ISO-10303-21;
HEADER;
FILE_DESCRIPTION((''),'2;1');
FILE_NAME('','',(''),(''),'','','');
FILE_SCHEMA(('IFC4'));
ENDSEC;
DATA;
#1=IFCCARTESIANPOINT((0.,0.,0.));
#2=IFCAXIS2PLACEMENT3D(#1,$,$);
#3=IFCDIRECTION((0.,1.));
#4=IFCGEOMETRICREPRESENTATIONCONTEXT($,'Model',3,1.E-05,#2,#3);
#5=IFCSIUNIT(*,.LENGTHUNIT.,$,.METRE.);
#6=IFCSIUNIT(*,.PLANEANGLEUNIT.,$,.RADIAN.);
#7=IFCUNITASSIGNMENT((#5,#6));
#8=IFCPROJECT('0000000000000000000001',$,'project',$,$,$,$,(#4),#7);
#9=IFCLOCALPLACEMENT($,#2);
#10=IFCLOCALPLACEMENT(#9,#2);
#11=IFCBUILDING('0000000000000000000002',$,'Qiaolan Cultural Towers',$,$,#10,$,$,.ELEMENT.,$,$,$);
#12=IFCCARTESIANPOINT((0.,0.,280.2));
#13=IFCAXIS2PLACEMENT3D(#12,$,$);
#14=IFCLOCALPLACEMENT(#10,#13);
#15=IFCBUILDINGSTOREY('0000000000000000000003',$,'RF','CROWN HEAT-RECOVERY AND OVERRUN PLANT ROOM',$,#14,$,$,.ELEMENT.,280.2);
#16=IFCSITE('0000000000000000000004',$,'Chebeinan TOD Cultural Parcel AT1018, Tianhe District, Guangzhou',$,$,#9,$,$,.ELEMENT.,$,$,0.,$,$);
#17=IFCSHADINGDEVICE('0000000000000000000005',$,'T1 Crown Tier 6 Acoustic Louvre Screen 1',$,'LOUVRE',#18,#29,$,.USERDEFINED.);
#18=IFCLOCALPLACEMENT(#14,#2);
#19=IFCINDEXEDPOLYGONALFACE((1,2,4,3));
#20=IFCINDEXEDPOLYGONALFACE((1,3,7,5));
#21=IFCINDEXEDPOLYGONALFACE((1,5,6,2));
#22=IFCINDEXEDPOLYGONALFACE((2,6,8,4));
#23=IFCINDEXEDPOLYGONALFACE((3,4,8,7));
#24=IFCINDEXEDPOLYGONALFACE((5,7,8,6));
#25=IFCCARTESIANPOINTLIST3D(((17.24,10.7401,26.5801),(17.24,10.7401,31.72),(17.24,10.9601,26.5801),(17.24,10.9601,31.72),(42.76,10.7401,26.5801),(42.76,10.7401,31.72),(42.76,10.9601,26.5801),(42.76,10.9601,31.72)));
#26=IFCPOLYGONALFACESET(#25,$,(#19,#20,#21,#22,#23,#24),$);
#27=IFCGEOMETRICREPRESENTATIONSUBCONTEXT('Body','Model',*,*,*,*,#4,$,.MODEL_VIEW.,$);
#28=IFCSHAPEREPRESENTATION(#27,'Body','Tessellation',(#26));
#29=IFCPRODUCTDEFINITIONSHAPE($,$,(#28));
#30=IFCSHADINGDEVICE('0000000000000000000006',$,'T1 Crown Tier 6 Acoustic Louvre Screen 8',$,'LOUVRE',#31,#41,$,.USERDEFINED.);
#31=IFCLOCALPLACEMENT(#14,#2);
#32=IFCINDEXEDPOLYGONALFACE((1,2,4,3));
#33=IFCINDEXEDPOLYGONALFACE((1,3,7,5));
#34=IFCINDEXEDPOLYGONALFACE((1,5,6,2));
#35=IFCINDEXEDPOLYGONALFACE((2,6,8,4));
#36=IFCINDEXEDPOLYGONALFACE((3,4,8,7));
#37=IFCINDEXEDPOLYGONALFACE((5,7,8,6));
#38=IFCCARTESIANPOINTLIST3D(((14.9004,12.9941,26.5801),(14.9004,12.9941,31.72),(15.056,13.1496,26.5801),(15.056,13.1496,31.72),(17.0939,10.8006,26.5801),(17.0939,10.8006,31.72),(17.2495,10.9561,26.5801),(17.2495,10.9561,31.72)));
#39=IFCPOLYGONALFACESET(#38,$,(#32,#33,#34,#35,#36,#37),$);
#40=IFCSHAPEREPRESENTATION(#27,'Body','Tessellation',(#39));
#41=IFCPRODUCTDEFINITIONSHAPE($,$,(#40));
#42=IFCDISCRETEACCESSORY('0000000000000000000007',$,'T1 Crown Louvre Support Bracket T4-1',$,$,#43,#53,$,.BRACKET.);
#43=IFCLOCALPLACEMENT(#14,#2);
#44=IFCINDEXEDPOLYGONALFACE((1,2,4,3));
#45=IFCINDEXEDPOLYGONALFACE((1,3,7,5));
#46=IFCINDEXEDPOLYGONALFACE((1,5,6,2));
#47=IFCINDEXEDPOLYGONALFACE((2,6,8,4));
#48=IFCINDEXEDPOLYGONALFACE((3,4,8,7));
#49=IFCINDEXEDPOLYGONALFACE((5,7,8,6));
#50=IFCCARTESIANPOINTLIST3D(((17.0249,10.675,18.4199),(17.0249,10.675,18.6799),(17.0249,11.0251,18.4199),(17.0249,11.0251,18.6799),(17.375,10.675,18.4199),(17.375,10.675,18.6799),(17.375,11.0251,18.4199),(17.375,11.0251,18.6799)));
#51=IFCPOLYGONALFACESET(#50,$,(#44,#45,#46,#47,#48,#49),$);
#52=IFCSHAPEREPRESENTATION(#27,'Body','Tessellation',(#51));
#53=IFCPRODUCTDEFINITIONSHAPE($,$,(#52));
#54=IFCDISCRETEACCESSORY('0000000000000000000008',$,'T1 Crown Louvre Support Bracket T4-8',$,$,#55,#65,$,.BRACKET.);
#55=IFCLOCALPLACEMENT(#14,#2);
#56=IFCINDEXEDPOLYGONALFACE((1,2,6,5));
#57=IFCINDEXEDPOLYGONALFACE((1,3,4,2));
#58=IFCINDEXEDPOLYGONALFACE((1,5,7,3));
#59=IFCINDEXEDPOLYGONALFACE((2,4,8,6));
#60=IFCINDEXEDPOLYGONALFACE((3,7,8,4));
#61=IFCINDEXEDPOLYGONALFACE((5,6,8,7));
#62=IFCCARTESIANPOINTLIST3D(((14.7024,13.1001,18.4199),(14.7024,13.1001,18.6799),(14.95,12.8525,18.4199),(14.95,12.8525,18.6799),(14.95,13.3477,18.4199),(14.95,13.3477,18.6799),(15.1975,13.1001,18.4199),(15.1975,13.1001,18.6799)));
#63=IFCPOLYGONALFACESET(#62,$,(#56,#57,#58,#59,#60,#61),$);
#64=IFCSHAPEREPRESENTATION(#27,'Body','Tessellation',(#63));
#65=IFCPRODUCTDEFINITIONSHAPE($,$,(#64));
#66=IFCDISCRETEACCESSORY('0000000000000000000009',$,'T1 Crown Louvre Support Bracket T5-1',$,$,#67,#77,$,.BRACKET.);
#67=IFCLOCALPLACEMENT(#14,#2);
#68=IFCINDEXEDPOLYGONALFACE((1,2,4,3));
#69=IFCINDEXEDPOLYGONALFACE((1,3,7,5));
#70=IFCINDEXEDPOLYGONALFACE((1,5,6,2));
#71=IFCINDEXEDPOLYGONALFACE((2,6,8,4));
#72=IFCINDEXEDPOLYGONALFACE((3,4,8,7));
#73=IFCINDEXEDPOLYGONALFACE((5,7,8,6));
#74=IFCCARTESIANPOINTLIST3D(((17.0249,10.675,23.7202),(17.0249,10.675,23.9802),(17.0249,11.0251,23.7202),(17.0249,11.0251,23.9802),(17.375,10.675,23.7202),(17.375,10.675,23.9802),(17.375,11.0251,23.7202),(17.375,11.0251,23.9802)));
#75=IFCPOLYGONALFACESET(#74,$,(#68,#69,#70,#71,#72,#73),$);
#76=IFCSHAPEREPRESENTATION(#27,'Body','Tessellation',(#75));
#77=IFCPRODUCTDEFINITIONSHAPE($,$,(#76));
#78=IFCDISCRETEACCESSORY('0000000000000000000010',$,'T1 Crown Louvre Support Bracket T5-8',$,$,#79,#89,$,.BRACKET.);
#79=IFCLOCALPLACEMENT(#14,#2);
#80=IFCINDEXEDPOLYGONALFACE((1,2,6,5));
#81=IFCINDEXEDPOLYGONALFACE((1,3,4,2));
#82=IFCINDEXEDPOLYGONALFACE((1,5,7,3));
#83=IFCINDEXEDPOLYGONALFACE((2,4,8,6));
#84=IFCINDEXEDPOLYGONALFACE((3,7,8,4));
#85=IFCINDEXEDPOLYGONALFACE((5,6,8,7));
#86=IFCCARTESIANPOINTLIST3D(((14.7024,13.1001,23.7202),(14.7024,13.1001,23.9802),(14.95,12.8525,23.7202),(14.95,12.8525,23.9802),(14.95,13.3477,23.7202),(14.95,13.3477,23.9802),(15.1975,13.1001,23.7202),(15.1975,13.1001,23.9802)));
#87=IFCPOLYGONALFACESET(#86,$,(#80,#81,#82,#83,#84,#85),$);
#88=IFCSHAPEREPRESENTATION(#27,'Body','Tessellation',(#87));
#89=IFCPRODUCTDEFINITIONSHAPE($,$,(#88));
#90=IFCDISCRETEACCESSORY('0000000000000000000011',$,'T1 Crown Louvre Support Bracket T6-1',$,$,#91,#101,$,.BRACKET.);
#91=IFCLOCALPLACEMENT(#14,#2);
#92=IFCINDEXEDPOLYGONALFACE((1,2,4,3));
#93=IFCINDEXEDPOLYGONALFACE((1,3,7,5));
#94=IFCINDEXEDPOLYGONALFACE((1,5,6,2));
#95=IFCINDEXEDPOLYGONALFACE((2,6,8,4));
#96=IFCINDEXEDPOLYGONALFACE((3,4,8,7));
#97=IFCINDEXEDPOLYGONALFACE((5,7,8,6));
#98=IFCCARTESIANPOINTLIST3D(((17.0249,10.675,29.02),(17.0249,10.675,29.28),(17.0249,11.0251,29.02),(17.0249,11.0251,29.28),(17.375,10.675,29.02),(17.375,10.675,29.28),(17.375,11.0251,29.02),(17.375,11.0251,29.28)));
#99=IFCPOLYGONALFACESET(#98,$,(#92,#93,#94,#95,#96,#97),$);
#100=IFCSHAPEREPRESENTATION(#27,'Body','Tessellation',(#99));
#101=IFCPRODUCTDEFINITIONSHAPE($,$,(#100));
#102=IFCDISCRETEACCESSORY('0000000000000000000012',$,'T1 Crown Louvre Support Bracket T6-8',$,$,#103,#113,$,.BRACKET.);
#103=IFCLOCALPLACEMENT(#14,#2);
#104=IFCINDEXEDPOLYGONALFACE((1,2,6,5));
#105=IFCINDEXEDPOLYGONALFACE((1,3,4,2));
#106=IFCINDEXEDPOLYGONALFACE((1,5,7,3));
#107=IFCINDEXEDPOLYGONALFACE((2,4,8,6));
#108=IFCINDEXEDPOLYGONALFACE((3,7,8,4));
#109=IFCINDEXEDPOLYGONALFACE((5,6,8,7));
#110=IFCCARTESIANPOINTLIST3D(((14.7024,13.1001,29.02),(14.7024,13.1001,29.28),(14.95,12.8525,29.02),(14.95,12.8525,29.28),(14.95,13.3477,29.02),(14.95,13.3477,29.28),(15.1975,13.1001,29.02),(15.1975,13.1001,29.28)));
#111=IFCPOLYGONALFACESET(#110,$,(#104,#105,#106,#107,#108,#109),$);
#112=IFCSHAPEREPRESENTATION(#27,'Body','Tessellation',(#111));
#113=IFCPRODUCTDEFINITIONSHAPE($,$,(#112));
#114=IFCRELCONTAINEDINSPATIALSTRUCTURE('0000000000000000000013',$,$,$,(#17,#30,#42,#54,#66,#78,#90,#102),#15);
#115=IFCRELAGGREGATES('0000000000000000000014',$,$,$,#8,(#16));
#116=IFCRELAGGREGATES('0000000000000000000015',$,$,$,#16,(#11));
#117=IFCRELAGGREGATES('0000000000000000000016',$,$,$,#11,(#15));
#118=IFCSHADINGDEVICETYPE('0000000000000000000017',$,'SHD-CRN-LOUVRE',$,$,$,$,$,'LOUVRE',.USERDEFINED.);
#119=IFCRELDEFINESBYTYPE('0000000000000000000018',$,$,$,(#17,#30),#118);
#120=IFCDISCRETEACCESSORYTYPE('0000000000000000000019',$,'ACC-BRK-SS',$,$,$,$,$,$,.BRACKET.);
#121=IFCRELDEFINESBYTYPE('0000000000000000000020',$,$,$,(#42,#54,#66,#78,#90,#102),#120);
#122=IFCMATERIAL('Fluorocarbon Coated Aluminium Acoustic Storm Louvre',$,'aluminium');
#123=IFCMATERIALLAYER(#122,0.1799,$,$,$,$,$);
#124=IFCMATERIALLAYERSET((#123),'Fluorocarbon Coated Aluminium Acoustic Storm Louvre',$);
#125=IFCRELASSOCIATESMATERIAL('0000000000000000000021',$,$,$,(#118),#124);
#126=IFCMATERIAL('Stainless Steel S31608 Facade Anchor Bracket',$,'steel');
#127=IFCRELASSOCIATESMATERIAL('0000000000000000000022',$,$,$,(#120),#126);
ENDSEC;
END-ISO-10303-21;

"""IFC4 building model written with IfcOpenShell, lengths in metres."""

from ifc_helpers import new_model, si_unit, direction, frame, origin, origin_2d, place, context, subcontext, project, spatial, rectangle, extrude, material, layer, layer_set, type_object, element, save


model = new_model("IFC4")

# Units and contexts
model_context = context("Model", 3, precision=1e-05, world=origin(), true_north=direction((0.0, 1.0)))
body_context = subcontext(model_context, "Body", "Model", "MODEL_VIEW")
ifc_project = project(units=[si_unit("LENGTHUNIT", "METRE"), si_unit("PLANEANGLEUNIT", "RADIAN")], contexts=[model_context])

# Site, building, storey
site_placement = place(None, origin())
site = spatial("IfcSite", under=ifc_project, at=site_placement, Name="Chebeinan TOD Cultural Parcel AT1018, Tianhe District, Guangzhou", CompositionType="ELEMENT", RefElevation=0.0)
building_placement = place(site_placement, origin())
building = spatial("IfcBuilding", under=site, at=building_placement, Name="Qiaolan Cultural Towers", CompositionType="ELEMENT")
storey_placement = place(building_placement, frame((0.0, 0.0, 280.2)))
storey = spatial("IfcBuildingStorey", under=building, at=storey_placement, Name="RF", Description="CROWN HEAT-RECOVERY AND OVERRUN PLANT ROOM", CompositionType="ELEMENT", Elevation=280.2)

# Shading devices
ifc_material_1 = material(Name="Fluorocarbon Coated Aluminium Acoustic Storm Louvre", Category="aluminium")
ifc_layer_1 = layer(ifc_material_1, 0.1799)
ifc_layer_set_1 = layer_set([ifc_layer_1], Name="Fluorocarbon Coated Aluminium Acoustic Storm Louvre")
shading_device_type = type_object("IfcShadingDeviceType", Name="SHD-CRN-LOUVRE", ElementType="LOUVRE", PredefinedType="USERDEFINED", material=ifc_layer_set_1)
shading_device_1_placement = place(storey_placement, frame((30.0, 10.8501, 26.5801), z_axis=(0.0, 0.0, 1.0), x_axis=(1.0, 0.0, 0.0)))
element("IfcShadingDevice", 1, at=shading_device_1_placement, inside=storey, type_object=shading_device_type, Name="T1 Crown Tier 6 Acoustic Louvre Screen 1", ObjectType="LOUVRE", PredefinedType="USERDEFINED", context=body_context, shape_type="SweptSolid", body=[
    extrude(rectangle(XDim=25.52, YDim=0.22, at=origin_2d()), origin(), (0.0, 0.0, 1.0), 5.1399),
])
shading_device_2_placement = place(storey_placement, frame((16.075, 11.9751, 26.5801), z_axis=(0.0, 0.0, 1.0), x_axis=(0.707107, -0.707107, 0.0)))
element("IfcShadingDevice", 2, at=shading_device_2_placement, inside=storey, type_object=shading_device_type, Name="T1 Crown Tier 6 Acoustic Louvre Screen 8", ObjectType="LOUVRE", PredefinedType="USERDEFINED", context=body_context, shape_type="SweptSolid", body=[
    extrude(rectangle(XDim=3.1021, YDim=0.22, at=origin_2d()), origin(), (0.0, 0.0, 1.0), 5.1399),
])

# Discrete accessories
ifc_material_2 = material(Name="Stainless Steel S31608 Facade Anchor Bracket", Category="steel")
discrete_accessory_type = type_object("IfcDiscreteAccessoryType", Name="ACC-BRK-SS", PredefinedType="BRACKET", material=ifc_material_2)
for number, where, z_axis, x_axis, name in (
    (3, (17.2, 10.8501, 18.4199), (0.0, 0.0, 1.0), (1.0, 0.0, 0.0), "T1 Crown Louvre Support Bracket T4-1"),
    (4, (14.95, 13.1001, 18.4199), (0.0, 0.0, 1.0), (0.707107, -0.707107, 0.0), "T1 Crown Louvre Support Bracket T4-8"),
    (5, (17.2, 10.8501, 23.7202), (0.0, 0.0, 1.0), (1.0, 0.0, 0.0), "T1 Crown Louvre Support Bracket T5-1"),
    (6, (14.95, 13.1001, 23.7202), (0.0, 0.0, 1.0), (0.707107, -0.707107, 0.0), "T1 Crown Louvre Support Bracket T5-8"),
    (7, (17.2, 10.8501, 29.02), (0.0, 0.0, 1.0), (1.0, 0.0, 0.0), "T1 Crown Louvre Support Bracket T6-1"),
    (8, (14.95, 13.1001, 29.02), (0.0, 0.0, 1.0), (0.707107, -0.707107, 0.0), "T1 Crown Louvre Support Bracket T6-8"),
):
    element("IfcDiscreteAccessory", number, at=place(storey_placement, frame(where, z_axis=z_axis, x_axis=x_axis)), inside=storey, type_object=discrete_accessory_type, Name=name, PredefinedType="BRACKET", context=body_context, shape_type="SweptSolid", body=[
        extrude(rectangle(XDim=0.3501, YDim=0.3501, at=origin_2d()), origin(), (0.0, 0.0, 1.0), 0.26),
    ])

save(model, "model.ifc")
